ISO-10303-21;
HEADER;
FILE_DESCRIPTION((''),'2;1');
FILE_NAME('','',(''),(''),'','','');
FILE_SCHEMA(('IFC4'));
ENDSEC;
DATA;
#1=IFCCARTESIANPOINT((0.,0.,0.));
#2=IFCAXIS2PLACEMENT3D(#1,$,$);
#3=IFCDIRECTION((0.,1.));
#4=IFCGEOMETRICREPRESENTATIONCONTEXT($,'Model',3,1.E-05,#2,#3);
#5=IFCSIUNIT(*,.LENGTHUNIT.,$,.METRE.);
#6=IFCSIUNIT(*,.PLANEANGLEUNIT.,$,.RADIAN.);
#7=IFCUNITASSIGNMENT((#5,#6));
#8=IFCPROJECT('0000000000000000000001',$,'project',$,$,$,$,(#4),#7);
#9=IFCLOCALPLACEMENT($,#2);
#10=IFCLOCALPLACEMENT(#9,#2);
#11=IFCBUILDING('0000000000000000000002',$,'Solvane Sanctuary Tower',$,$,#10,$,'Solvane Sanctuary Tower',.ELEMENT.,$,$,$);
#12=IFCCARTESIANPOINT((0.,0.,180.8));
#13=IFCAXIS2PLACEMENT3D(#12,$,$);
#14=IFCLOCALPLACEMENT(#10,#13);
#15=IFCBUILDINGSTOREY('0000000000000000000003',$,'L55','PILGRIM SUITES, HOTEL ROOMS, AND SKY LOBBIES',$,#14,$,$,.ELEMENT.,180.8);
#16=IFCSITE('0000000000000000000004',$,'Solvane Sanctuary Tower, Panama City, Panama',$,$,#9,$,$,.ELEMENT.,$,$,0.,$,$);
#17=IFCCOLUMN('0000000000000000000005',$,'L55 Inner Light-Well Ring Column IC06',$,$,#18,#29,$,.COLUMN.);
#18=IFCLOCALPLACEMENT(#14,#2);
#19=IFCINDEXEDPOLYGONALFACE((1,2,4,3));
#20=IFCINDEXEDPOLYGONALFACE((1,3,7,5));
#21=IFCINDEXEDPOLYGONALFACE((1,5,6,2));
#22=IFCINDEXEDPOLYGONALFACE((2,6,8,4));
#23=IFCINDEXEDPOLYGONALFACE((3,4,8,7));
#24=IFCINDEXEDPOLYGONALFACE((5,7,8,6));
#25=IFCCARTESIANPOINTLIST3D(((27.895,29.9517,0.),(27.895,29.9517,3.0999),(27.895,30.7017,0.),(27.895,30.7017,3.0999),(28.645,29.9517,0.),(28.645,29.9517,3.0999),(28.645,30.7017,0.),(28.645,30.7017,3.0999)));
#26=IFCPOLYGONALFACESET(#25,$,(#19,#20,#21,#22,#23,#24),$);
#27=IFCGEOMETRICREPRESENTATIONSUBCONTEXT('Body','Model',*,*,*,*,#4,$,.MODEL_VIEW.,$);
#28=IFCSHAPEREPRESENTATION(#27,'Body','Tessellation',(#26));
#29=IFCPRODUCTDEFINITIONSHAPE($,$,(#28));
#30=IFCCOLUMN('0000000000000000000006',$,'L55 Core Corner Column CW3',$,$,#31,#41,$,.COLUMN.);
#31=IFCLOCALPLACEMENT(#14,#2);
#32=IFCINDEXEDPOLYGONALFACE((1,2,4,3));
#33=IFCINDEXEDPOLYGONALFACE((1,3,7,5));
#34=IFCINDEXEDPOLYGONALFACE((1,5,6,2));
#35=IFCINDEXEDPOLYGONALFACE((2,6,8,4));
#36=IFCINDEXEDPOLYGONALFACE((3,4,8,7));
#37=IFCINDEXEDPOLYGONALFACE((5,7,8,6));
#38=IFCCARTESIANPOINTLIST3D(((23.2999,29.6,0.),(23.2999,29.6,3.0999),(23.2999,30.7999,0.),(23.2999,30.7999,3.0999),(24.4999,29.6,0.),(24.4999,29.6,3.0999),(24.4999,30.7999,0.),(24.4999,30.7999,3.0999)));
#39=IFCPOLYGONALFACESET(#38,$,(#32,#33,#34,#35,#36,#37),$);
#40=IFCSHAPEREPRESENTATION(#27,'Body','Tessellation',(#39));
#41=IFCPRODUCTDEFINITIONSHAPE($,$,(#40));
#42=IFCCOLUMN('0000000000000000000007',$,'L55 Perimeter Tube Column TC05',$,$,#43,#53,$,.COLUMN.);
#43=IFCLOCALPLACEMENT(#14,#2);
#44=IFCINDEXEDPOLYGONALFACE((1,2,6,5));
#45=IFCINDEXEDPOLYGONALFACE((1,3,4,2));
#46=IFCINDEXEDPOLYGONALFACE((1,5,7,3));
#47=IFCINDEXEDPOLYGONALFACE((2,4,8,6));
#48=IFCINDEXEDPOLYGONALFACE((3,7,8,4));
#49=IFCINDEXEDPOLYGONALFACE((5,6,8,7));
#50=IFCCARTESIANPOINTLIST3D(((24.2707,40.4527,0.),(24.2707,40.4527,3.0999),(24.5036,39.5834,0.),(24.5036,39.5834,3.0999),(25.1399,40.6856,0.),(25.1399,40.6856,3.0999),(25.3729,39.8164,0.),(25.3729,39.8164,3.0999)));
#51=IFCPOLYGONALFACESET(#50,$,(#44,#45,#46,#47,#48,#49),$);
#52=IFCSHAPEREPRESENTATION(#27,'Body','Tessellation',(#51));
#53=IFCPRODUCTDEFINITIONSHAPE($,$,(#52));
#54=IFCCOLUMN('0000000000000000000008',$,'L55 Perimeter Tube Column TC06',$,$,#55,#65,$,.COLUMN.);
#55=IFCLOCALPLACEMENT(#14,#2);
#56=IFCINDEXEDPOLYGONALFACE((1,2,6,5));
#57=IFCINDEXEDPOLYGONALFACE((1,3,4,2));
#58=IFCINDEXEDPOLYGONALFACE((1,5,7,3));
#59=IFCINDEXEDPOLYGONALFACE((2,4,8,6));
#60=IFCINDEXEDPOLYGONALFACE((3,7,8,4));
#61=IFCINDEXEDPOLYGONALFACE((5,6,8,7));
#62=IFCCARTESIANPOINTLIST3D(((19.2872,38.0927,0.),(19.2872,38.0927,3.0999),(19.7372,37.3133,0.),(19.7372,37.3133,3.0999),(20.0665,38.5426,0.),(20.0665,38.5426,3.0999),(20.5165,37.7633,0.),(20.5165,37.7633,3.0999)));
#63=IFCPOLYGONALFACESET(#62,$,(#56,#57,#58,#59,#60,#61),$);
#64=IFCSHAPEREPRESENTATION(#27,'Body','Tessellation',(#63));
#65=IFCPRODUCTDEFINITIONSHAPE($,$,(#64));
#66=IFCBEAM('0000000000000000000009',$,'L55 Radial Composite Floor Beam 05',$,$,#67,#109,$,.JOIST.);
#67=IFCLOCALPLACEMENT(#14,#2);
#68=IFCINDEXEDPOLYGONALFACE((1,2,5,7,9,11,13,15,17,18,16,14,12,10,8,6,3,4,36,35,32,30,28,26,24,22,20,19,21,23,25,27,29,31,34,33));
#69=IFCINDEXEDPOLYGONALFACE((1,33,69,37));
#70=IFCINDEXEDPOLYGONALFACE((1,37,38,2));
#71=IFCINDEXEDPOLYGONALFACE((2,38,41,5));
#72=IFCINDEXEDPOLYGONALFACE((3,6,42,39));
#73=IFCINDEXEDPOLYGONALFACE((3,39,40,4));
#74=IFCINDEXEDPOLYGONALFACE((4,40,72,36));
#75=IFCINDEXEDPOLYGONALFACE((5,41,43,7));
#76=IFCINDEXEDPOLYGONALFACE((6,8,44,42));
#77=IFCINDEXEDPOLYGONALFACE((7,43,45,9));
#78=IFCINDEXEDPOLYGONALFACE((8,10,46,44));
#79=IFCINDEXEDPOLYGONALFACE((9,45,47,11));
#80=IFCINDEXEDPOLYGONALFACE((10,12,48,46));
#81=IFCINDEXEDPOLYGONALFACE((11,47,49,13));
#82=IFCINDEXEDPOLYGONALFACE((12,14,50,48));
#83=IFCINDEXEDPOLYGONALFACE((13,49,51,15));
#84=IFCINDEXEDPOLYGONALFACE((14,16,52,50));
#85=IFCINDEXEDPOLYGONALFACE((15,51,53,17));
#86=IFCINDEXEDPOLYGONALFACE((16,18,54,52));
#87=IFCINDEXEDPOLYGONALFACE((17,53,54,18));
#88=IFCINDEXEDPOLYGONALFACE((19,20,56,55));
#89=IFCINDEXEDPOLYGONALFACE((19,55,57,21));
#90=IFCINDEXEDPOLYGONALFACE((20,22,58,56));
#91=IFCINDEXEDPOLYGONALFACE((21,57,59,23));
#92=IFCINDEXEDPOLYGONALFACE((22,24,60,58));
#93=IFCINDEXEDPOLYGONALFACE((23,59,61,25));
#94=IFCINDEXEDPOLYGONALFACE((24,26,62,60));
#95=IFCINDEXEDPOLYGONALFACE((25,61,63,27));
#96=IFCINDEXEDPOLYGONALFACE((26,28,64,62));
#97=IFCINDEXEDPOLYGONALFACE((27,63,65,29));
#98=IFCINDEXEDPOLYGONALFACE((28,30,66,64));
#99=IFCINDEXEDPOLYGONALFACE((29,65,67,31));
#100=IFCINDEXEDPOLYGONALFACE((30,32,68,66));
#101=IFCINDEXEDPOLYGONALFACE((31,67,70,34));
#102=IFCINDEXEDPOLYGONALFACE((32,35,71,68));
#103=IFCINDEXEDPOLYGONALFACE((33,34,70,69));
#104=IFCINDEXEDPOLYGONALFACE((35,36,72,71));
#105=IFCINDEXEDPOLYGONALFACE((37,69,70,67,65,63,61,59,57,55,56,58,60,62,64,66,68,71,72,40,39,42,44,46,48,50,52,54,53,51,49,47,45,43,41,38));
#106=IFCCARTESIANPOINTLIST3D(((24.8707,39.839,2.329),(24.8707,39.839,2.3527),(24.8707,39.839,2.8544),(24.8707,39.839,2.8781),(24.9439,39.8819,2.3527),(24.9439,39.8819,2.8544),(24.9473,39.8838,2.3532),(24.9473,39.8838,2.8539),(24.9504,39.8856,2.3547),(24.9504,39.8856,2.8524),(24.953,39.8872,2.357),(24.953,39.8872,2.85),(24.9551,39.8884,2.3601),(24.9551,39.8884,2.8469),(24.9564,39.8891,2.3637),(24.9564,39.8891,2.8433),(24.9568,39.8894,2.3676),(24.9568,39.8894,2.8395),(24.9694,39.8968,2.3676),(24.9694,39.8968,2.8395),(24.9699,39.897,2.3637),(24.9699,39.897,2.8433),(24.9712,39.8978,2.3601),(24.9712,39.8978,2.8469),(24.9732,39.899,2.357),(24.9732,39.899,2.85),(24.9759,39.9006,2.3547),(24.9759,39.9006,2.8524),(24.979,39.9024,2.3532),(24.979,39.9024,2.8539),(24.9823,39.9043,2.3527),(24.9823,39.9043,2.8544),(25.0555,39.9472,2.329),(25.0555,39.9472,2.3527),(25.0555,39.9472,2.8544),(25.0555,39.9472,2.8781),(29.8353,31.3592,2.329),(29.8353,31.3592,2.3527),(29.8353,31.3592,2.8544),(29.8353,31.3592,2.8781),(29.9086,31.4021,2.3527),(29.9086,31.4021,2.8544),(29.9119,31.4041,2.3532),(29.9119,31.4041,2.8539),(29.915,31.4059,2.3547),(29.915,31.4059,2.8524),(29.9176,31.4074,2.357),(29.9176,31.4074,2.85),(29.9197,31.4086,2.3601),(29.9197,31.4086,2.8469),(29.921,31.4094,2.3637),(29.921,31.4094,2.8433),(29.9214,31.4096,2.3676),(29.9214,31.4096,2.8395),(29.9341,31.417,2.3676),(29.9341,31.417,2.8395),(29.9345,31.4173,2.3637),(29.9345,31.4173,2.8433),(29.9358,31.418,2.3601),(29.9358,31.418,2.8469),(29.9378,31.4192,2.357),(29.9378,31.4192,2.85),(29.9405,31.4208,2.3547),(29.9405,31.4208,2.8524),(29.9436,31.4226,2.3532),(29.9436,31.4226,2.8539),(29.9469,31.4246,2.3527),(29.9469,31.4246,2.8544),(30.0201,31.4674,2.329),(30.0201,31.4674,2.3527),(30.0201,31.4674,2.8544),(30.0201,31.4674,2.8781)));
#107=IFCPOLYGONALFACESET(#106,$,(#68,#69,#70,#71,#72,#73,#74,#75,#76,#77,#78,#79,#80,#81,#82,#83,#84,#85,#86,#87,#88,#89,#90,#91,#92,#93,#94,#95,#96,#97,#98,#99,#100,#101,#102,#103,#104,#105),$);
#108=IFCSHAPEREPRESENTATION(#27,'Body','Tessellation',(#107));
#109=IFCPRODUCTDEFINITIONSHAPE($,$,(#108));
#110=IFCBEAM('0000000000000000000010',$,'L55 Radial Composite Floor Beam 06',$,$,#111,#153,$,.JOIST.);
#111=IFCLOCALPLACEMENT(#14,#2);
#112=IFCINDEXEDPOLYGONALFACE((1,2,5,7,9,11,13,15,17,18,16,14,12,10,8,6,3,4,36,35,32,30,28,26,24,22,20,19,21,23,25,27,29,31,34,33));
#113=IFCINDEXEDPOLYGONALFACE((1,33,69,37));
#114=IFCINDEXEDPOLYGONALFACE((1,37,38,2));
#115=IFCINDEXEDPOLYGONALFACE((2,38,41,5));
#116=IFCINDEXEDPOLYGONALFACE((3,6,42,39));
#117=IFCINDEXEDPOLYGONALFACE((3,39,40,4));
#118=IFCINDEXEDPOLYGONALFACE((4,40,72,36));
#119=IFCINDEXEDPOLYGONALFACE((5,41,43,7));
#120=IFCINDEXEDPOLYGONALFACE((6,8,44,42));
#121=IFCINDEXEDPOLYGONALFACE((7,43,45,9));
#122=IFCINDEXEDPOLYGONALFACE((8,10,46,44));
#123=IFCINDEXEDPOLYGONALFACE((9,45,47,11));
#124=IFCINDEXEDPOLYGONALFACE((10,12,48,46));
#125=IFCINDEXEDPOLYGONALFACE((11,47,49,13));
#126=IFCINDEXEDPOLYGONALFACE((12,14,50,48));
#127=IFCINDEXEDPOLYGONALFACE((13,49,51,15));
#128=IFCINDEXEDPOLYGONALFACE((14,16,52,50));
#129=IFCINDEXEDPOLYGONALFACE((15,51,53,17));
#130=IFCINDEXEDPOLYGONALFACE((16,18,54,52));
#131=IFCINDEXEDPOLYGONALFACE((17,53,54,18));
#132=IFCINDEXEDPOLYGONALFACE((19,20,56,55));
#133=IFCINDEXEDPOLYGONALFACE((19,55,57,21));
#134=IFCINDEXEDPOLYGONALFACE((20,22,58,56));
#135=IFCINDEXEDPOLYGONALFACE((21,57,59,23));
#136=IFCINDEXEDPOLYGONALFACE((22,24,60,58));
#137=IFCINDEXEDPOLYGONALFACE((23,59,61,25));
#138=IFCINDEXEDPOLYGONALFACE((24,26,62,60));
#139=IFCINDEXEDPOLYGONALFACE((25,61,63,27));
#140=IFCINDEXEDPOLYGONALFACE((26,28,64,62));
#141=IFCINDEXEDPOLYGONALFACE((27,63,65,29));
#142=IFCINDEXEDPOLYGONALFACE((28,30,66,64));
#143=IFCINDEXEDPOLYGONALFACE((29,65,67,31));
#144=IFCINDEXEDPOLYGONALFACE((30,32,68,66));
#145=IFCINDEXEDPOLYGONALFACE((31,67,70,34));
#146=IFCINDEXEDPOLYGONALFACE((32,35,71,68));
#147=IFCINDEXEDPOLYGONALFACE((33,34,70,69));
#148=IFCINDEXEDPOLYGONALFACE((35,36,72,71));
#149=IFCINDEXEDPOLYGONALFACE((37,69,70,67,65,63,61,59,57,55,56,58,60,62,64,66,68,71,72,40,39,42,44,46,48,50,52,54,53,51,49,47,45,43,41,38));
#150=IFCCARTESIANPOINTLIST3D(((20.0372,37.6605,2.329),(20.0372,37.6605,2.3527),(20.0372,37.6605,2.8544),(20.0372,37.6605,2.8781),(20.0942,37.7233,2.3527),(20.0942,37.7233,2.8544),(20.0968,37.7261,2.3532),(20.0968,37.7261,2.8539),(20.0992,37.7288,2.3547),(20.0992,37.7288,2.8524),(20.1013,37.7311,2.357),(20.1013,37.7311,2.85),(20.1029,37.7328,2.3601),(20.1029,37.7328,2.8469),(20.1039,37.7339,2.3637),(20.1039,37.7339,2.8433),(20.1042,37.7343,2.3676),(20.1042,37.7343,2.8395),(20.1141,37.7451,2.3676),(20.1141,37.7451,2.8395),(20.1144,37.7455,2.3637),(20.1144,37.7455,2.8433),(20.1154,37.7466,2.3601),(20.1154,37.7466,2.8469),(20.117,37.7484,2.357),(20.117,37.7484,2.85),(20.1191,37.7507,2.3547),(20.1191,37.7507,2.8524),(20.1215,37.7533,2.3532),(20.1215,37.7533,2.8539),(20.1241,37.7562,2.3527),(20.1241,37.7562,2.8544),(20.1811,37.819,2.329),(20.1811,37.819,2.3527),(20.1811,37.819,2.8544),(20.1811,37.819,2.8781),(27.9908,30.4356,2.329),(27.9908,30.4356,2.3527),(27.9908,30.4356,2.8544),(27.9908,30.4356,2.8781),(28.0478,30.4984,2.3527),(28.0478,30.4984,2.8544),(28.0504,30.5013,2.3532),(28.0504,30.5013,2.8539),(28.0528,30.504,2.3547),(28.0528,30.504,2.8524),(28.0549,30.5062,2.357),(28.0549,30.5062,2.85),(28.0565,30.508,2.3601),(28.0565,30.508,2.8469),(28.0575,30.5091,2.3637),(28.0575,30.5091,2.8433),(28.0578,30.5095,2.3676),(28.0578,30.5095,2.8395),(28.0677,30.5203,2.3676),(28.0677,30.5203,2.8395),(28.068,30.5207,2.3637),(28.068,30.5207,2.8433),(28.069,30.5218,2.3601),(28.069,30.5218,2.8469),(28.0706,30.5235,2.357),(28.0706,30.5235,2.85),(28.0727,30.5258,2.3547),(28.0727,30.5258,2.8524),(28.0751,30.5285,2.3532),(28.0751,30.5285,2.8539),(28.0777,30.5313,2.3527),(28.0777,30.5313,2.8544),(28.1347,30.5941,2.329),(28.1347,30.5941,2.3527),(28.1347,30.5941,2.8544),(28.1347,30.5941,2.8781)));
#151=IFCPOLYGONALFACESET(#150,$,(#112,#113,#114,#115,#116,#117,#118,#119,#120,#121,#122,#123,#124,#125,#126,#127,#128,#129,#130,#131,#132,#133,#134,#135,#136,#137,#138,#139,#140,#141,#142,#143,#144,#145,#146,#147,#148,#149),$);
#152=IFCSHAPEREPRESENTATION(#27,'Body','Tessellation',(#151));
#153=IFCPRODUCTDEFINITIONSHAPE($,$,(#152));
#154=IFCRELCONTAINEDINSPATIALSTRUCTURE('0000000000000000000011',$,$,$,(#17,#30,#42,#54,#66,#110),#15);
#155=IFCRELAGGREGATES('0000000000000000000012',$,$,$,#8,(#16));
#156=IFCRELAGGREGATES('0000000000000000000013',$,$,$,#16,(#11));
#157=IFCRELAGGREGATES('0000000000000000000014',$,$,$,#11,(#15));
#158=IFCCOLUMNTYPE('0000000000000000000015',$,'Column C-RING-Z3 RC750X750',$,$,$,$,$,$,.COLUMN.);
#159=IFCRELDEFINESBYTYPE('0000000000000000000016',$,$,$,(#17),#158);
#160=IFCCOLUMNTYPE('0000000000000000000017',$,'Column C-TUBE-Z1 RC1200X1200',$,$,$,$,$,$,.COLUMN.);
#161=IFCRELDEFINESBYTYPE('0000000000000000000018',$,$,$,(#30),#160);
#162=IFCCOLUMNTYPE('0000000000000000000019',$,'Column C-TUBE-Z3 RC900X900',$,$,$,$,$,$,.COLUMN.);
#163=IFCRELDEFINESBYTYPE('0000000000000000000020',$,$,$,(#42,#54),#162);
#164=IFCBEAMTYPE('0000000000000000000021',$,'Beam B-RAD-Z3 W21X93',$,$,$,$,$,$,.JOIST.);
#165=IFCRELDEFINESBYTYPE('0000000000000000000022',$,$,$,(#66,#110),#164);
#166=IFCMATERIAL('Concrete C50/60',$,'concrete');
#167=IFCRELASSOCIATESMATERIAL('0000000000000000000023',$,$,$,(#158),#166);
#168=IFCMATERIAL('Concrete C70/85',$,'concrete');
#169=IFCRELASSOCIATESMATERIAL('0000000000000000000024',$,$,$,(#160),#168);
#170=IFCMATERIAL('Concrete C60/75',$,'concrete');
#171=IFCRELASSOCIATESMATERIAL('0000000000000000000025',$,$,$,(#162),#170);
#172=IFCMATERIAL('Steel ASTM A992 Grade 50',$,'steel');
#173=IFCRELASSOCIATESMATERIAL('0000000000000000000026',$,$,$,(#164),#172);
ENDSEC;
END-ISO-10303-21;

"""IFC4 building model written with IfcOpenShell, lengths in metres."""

from ifc_helpers import new_model, si_unit, direction, frame, origin, origin_2d, place, context, subcontext, project, spatial, rectangle, i_section, extrude, material, material_profile, profile_set, type_object, element, save


model = new_model("IFC4")

# Units and contexts
model_context = context("Model", 3, precision=1e-05, world=origin(), true_north=direction((0.0, 1.0)))
body_context = subcontext(model_context, "Body", "Model", "MODEL_VIEW")
ifc_project = project(units=[si_unit("LENGTHUNIT", "METRE"), si_unit("PLANEANGLEUNIT", "RADIAN")], contexts=[model_context])

# Site, building, storey
site_placement = place(None, origin())
site = spatial("IfcSite", under=ifc_project, at=site_placement, Name="Solvane Sanctuary Tower, Panama City, Panama", CompositionType="ELEMENT", RefElevation=0.0)
building_placement = place(site_placement, origin())
building = spatial("IfcBuilding", under=site, at=building_placement, Name="Solvane Sanctuary Tower", LongName="Solvane Sanctuary Tower", CompositionType="ELEMENT")
storey_placement = place(building_placement, frame((0.0, 0.0, 180.8)))
storey = spatial("IfcBuildingStorey", under=building, at=storey_placement, Name="L55", Description="PILGRIM SUITES, HOTEL ROOMS, AND SKY LOBBIES", CompositionType="ELEMENT", Elevation=180.8)

# Columns
ifc_material_1 = material(Name="Concrete C50/60", Category="concrete")
ifc_material_profile_1 = material_profile(ifc_material_1, rectangle(XDim=0.75, YDim=0.75, at=origin_2d()), Name="RC750X750")
ifc_profile_set_1 = profile_set([ifc_material_profile_1], Name="Concrete C50/60")
column_type_1 = type_object("IfcColumnType", Name="Column C-RING-Z3 RC750X750", PredefinedType="COLUMN", material=ifc_profile_set_1)
column_1_placement = place(storey_placement, frame((28.27, 30.3267, 0.0), z_axis=(0.0, 0.0, 1.0), x_axis=(1.0, 0.0, 0.0)))
element("IfcColumn", 1, at=column_1_placement, inside=storey, type_object=column_type_1, Name="L55 Inner Light-Well Ring Column IC06", PredefinedType="COLUMN", context=body_context, shape_type="SweptSolid", body=[
    extrude(rectangle(XDim=0.75, YDim=0.75, at=origin_2d()), origin(), (0.0, 0.0, 1.0), 3.0999),
])
ifc_material_2 = material(Name="Concrete C70/85", Category="concrete")
ifc_material_profile_2 = material_profile(ifc_material_2, rectangle(XDim=1.2, YDim=1.2, at=origin_2d()), Name="RC1200X1200")
ifc_profile_set_2 = profile_set([ifc_material_profile_2], Name="Concrete C70/85")
column_type_2 = type_object("IfcColumnType", Name="Column C-TUBE-Z1 RC1200X1200", PredefinedType="COLUMN", material=ifc_profile_set_2)
column_2_placement = place(storey_placement, frame((23.8999, 30.2, 0.0), z_axis=(0.0, 0.0, 1.0), x_axis=(1.0, 0.0, 0.0)))
element("IfcColumn", 2, at=column_2_placement, inside=storey, type_object=column_type_2, Name="L55 Core Corner Column CW3", PredefinedType="COLUMN", context=body_context, shape_type="SweptSolid", body=[
    extrude(rectangle(XDim=1.2, YDim=1.2, at=origin_2d()), origin(), (0.0, 0.0, 1.0), 3.0999),
])
ifc_material_3 = material(Name="Concrete C60/75", Category="concrete")
ifc_material_profile_3 = material_profile(ifc_material_3, rectangle(XDim=0.8999, YDim=0.8999, at=origin_2d()), Name="RC900X900")
ifc_profile_set_3 = profile_set([ifc_material_profile_3], Name="Concrete C60/75")
column_type_3 = type_object("IfcColumnType", Name="Column C-TUBE-Z3 RC900X900", PredefinedType="COLUMN", material=ifc_profile_set_3)
for number, where, z_axis, x_axis, name in (
    (3, (24.8218, 40.1345, 0.0), (0.0, 0.0, 1.0), (-0.258819, 0.965926, 0.0), "L55 Perimeter Tube Column TC05"),
    (4, (19.9019, 37.928, 0.0), (0.0, 0.0, 1.0), (-0.5, 0.866025, 0.0), "L55 Perimeter Tube Column TC06"),
):
    element("IfcColumn", number, at=place(storey_placement, frame(where, z_axis=z_axis, x_axis=x_axis)), inside=storey, type_object=column_type_3, Name=name, PredefinedType="COLUMN", context=body_context, shape_type="SweptSolid", body=[
        extrude(rectangle(XDim=0.8999, YDim=0.8999, at=origin_2d()), origin(), (0.0, 0.0, 1.0), 3.0999),
    ])

# Beams
ifc_material_4 = material(Name="Steel ASTM A992 Grade 50", Category="steel")
ifc_material_profile_4 = material_profile(ifc_material_4, i_section(OverallWidth=0.2141, OverallDepth=0.5491, WebThickness=0.0146, FlangeThickness=0.0237, FilletRadius=0.0149, at=origin_2d()), Name="W21X93")
ifc_profile_set_4 = profile_set([ifc_material_profile_4], Name="Steel ASTM A992 Grade 50")
beam_type_1 = type_object("IfcBeamType", Name="Beam B-RAD-Z3 W21X93", PredefinedType="JOIST", material=ifc_profile_set_4)
beam_1_placement = place(storey_placement, frame((29.9277, 31.4133, 2.6035), z_axis=(-0.505244, 0.862977, 0.0), x_axis=(-0.862977, -0.505244, 0.0)))
element("IfcBeam", 5, at=beam_1_placement, inside=storey, type_object=beam_type_1, Name="L55 Radial Composite Floor Beam 05", PredefinedType="JOIST", context=body_context, shape_type="SweptSolid", body=[
    extrude(i_section(OverallWidth=0.2141, OverallDepth=0.5491, WebThickness=0.0146, FlangeThickness=0.0237, FilletRadius=0.0149, at=origin_2d()), origin(), (0.0, 0.0, 1.0), 9.8262),
])
beam_2_placement = place(storey_placement, frame((28.0627, 30.5149, 2.6035), z_axis=(-0.740204, 0.672382, 0.0), x_axis=(-0.672382, -0.740204, 0.0)))
element("IfcBeam", 6, at=beam_2_placement, inside=storey, type_object=beam_type_1, Name="L55 Radial Composite Floor Beam 06", PredefinedType="JOIST", context=body_context, shape_type="SweptSolid", body=[
    extrude(i_section(OverallWidth=0.2141, OverallDepth=0.5491, WebThickness=0.0146, FlangeThickness=0.0237, FilletRadius=0.0149, at=origin_2d()), origin(), (0.0, 0.0, 1.0), 10.7451),
])

save(model, "model.ifc")
